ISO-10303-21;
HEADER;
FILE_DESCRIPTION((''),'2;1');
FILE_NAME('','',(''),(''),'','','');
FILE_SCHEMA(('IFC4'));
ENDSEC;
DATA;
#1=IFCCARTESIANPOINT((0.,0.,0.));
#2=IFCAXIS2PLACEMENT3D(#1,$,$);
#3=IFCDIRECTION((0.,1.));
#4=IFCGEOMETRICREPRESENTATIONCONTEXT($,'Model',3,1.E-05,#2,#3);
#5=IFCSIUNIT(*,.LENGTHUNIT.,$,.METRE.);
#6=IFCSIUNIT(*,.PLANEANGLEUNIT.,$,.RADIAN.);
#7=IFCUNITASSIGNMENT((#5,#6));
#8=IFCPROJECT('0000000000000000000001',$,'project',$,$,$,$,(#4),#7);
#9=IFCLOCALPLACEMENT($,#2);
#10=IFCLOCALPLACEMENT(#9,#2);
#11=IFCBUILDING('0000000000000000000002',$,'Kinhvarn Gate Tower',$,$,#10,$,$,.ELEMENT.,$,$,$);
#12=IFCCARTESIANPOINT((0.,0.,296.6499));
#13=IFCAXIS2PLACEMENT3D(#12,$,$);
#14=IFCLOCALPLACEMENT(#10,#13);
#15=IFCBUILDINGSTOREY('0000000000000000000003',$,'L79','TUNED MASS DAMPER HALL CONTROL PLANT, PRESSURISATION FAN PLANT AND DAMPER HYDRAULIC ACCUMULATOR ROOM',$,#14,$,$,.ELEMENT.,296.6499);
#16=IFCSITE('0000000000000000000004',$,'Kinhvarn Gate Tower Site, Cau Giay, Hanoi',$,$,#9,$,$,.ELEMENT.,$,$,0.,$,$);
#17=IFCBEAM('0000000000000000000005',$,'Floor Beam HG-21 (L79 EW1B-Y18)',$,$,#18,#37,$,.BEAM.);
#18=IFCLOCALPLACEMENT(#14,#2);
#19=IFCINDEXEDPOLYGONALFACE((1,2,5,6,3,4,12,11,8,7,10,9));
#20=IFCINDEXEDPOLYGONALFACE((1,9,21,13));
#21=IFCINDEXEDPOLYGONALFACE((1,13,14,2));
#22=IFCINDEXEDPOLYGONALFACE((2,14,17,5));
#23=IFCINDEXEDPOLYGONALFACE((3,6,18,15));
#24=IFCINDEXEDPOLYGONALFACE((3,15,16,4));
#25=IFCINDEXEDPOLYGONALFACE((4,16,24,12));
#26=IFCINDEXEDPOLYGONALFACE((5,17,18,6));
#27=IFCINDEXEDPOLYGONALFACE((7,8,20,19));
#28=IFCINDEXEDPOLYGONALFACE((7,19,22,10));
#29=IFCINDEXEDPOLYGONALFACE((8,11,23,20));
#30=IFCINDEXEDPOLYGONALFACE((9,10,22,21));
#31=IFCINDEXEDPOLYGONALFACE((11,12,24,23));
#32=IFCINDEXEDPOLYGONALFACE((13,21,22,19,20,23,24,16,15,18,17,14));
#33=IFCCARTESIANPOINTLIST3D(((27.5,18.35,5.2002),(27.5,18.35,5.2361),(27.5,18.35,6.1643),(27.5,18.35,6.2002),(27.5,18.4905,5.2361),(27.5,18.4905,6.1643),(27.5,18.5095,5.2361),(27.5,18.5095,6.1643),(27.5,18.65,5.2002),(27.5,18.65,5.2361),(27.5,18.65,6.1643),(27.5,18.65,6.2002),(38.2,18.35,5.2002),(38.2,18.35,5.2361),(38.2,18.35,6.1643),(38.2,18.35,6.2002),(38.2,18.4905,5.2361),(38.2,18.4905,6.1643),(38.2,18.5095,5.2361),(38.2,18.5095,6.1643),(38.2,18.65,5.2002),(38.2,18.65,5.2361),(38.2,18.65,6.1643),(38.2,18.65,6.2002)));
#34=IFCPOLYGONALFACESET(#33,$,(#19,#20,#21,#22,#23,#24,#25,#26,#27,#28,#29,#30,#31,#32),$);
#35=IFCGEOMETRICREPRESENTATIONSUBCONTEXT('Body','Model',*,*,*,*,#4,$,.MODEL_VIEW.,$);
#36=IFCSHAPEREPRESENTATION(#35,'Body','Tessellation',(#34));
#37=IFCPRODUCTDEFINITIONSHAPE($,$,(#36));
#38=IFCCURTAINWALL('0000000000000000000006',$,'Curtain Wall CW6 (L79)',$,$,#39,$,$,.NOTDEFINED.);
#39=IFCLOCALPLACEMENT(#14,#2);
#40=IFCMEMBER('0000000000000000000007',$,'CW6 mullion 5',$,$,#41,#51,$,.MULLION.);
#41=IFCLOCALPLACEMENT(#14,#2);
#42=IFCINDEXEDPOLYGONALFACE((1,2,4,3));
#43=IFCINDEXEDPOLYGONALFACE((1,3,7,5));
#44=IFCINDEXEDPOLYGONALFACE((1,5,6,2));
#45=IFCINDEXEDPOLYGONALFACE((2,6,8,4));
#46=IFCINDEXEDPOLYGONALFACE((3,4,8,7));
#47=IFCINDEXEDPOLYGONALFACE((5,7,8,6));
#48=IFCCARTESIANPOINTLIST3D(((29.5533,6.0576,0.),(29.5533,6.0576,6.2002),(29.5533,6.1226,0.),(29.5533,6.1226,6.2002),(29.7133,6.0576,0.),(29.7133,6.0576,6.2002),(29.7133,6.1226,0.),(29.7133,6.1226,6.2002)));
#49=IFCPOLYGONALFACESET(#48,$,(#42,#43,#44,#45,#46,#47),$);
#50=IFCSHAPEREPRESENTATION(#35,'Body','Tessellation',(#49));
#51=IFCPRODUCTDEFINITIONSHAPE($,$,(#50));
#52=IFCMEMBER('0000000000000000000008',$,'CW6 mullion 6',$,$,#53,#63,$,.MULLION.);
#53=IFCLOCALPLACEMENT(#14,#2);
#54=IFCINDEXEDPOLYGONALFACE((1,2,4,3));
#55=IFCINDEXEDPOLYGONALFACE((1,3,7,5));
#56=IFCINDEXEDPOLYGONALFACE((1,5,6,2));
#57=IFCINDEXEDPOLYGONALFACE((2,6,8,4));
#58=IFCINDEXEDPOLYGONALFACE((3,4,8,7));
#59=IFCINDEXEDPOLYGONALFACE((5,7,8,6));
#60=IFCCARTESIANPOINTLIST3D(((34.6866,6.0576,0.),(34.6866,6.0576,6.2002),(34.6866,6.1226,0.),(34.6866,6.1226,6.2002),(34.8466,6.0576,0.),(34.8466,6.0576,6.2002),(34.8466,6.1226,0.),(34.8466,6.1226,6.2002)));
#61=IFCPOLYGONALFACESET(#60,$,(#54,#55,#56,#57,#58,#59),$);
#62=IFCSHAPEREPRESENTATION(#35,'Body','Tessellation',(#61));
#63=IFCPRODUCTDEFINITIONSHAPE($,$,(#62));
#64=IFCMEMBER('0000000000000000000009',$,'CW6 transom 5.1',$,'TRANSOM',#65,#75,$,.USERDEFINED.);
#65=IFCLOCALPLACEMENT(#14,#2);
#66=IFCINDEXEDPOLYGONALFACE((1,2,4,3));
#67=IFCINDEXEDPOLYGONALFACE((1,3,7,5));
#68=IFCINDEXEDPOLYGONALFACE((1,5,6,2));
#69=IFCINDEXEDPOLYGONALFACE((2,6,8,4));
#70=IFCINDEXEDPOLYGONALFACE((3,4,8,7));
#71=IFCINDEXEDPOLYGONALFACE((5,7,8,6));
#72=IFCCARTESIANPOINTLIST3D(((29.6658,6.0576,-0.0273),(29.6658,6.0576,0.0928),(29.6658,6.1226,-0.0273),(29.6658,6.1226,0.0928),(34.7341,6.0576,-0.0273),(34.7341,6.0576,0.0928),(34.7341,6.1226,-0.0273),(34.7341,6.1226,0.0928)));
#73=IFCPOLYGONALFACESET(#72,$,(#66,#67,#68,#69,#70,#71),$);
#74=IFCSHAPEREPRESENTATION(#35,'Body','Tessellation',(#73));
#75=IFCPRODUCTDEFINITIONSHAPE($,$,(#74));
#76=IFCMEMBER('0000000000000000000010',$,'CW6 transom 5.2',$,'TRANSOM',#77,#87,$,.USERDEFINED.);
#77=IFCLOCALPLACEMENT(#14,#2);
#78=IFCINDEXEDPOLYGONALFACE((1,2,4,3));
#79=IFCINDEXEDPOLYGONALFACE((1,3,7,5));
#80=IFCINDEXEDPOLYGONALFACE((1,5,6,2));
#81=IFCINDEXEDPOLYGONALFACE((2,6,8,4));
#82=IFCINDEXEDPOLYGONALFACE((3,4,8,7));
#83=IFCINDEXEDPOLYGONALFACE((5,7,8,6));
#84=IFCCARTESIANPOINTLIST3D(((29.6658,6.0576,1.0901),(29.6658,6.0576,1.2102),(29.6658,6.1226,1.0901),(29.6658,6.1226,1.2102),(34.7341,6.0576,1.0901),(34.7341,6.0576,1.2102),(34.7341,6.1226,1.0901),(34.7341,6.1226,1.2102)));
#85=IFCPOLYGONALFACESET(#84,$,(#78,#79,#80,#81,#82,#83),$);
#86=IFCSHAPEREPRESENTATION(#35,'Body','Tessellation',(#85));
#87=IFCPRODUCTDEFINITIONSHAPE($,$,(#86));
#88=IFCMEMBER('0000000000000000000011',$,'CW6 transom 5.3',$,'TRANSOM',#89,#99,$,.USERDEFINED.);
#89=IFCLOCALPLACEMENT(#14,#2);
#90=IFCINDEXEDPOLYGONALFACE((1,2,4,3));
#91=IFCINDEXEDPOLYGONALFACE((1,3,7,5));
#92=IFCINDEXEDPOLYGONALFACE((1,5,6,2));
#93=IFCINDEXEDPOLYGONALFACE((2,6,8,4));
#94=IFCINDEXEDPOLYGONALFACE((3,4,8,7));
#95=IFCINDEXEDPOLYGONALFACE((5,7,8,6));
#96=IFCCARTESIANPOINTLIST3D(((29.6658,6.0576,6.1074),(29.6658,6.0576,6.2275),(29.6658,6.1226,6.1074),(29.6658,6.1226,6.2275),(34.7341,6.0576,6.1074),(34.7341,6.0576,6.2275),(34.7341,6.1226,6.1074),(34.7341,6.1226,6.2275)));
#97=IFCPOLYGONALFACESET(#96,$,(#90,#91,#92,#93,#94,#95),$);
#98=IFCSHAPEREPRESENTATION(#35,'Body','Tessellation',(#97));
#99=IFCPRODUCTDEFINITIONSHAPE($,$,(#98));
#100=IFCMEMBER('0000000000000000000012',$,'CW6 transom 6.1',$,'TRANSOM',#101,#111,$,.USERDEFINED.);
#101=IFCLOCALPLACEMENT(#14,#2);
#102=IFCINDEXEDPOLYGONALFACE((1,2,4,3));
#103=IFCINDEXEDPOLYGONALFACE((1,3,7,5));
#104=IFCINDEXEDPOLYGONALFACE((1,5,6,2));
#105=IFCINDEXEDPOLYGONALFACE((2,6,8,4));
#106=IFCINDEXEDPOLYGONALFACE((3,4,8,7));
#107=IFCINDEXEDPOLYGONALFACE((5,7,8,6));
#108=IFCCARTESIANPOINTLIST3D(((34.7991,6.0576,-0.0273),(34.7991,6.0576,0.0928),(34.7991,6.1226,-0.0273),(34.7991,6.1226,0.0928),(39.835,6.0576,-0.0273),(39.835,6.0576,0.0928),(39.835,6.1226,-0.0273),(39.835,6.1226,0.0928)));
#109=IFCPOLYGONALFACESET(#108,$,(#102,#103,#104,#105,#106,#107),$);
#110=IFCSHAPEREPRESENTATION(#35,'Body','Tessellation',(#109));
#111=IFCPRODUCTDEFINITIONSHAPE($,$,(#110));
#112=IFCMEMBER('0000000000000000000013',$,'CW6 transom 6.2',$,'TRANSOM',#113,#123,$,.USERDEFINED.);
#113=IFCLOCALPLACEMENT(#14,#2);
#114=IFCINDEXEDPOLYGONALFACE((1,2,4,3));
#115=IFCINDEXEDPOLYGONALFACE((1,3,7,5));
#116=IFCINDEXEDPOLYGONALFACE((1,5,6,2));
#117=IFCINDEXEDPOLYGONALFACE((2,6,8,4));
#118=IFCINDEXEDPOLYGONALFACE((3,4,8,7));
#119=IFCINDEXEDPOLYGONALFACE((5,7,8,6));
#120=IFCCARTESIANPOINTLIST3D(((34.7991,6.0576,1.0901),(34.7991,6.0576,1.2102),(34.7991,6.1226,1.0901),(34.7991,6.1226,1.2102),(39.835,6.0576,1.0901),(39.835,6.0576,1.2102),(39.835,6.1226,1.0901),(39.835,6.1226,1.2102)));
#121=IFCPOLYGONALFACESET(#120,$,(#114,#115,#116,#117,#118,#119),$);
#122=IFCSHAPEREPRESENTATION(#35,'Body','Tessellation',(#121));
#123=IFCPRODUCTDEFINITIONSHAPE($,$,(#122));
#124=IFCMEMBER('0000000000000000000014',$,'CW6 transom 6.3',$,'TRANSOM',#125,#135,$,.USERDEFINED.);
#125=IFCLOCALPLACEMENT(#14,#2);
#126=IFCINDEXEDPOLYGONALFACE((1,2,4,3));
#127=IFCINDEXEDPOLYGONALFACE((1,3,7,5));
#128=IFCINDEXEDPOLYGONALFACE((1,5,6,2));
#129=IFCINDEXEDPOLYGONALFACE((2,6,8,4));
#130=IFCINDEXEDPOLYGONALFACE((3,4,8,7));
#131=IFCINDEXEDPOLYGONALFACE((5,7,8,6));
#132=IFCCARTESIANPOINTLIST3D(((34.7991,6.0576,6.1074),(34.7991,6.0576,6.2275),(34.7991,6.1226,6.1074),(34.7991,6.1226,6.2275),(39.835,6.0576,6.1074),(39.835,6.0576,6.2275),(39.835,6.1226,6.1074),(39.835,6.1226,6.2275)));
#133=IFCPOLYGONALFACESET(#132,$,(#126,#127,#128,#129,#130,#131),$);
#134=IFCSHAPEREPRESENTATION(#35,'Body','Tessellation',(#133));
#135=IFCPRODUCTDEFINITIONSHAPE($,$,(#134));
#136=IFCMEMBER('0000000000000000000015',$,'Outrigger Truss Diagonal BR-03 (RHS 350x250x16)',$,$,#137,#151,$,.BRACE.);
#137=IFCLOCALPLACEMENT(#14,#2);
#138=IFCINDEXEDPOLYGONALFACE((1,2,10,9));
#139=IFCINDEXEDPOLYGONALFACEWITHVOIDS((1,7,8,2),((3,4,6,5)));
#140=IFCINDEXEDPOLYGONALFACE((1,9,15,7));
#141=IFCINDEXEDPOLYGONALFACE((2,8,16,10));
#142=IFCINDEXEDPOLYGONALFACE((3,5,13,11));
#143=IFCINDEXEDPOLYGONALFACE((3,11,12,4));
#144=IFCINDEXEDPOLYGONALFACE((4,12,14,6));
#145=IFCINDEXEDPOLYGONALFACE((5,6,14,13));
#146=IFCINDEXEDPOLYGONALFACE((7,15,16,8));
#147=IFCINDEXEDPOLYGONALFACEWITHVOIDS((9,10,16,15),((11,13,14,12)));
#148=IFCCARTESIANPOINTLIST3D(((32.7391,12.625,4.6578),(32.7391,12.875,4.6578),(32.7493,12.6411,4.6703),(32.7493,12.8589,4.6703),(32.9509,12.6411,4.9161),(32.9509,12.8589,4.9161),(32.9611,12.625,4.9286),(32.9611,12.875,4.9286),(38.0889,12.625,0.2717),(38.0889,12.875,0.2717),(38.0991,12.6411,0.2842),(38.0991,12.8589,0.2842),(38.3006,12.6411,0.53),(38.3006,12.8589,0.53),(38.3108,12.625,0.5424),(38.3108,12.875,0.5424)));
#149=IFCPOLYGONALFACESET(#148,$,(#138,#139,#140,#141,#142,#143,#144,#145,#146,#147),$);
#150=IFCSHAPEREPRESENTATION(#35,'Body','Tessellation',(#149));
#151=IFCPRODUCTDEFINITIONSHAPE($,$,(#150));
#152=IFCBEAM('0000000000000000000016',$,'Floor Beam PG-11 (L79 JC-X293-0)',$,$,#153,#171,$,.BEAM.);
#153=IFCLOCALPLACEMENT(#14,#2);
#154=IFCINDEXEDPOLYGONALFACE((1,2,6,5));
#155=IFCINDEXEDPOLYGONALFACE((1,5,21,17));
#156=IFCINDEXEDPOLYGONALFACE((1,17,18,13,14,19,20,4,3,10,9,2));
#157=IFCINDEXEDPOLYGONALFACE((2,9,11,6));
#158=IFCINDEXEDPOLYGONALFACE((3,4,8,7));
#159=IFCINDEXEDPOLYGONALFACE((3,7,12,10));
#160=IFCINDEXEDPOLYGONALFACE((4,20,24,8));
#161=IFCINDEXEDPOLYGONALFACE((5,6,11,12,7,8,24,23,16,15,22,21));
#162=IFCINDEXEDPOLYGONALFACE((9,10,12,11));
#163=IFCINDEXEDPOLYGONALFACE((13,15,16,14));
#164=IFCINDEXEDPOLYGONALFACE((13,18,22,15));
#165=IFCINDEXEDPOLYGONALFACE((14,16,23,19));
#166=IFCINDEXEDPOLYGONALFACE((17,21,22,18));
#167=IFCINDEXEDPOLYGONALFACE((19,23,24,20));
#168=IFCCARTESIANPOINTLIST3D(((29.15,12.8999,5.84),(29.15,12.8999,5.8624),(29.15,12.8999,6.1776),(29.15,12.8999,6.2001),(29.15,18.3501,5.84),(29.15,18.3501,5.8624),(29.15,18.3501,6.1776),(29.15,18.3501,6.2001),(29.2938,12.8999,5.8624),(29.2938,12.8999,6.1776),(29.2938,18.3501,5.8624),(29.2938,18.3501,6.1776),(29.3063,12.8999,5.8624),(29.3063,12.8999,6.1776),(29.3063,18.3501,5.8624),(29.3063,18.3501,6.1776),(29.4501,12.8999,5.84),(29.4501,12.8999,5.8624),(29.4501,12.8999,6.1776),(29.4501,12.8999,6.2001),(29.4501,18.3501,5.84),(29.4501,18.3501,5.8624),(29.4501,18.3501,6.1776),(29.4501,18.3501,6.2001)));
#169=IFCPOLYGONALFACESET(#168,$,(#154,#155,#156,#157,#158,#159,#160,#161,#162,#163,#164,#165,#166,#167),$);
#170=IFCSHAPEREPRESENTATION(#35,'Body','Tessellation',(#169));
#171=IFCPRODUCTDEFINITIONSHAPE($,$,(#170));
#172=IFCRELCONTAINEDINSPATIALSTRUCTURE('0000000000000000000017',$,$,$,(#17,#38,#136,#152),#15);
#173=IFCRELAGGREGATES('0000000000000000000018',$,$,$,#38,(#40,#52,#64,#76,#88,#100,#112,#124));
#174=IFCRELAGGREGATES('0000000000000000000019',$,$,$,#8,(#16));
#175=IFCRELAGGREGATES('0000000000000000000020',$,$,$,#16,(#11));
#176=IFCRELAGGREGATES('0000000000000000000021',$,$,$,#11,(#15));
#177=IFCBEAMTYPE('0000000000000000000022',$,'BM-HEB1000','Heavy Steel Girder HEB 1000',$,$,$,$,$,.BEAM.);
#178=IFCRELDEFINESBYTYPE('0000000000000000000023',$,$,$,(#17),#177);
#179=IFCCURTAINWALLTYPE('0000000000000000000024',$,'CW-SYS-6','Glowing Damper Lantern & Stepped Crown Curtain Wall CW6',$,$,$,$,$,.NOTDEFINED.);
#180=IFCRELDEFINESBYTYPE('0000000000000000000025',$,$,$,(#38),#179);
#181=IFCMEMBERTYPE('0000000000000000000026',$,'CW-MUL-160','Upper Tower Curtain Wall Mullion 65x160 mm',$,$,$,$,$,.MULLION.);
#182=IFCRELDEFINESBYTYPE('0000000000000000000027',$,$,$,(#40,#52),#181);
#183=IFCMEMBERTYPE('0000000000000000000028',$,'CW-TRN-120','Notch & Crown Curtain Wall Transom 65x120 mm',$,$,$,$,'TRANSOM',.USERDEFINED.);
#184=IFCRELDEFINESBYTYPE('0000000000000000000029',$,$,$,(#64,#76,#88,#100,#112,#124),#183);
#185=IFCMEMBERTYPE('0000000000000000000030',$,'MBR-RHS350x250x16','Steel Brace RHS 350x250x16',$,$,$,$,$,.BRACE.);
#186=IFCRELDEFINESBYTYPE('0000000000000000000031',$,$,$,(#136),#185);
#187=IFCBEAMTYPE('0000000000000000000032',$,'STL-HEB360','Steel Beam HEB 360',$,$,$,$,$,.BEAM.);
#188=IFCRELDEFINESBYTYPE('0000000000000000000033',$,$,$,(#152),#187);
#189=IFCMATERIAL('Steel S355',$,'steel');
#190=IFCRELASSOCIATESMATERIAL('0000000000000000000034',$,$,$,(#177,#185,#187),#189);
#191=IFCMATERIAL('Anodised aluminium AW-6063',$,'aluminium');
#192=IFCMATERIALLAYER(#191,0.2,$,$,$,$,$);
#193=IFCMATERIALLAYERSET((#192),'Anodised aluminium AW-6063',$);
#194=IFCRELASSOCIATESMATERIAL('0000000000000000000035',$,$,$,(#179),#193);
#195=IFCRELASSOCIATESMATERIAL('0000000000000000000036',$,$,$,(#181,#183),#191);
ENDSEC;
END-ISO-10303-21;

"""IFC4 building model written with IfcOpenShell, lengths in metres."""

from ifc_helpers import new_model, si_unit, direction, frame, origin, origin_2d, place, context, subcontext, project, spatial, rectangle, hollow_rectangle, i_section, extrude, material, layer, layer_set, material_profile, profile_set, type_object, element, aggregate, save


model = new_model("IFC4")

# Units and contexts
model_context = context("Model", 3, precision=1e-05, world=origin(), true_north=direction((0.0, 1.0)))
body_context = subcontext(model_context, "Body", "Model", "MODEL_VIEW")
ifc_project = project(units=[si_unit("LENGTHUNIT", "METRE"), si_unit("PLANEANGLEUNIT", "RADIAN")], contexts=[model_context])

# Site, building, storey
site_placement = place(None, origin())
site = spatial("IfcSite", under=ifc_project, at=site_placement, Name="Kinhvarn Gate Tower Site, Cau Giay, Hanoi", CompositionType="ELEMENT", RefElevation=0.0)
building_placement = place(site_placement, origin())
building = spatial("IfcBuilding", under=site, at=building_placement, Name="Kinhvarn Gate Tower", CompositionType="ELEMENT")
storey_placement = place(building_placement, frame((0.0, 0.0, 296.6499)))
storey = spatial("IfcBuildingStorey", under=building, at=storey_placement, Name="L79", Description="TUNED MASS DAMPER HALL CONTROL PLANT, PRESSURISATION FAN PLANT AND DAMPER HYDRAULIC ACCUMULATOR ROOM", CompositionType="ELEMENT", Elevation=296.6499)

# Beam
ifc_material_1 = material(Name="Steel S355", Category="steel")
ifc_material_profile_1 = material_profile(ifc_material_1, i_section(OverallWidth=0.3, OverallDepth=1.0, WebThickness=0.019, FlangeThickness=0.0359, at=origin_2d()), Name="HEB 1000")
ifc_profile_set_1 = profile_set([ifc_material_profile_1], Name="Steel S355")
beam_type_1 = type_object("IfcBeamType", Name="BM-HEB1000", Description="Heavy Steel Girder HEB 1000", PredefinedType="BEAM", material=ifc_profile_set_1)
beam_1_placement = place(storey_placement, frame((27.5, 18.5, 5.7002), z_axis=(1.0, 0.0, 0.0), x_axis=(0.0, 1.0, 0.0)))
element("IfcBeam", 1, at=beam_1_placement, inside=storey, type_object=beam_type_1, Name="Floor Beam HG-21 (L79 EW1B-Y18)", PredefinedType="BEAM", context=body_context, shape_type="SweptSolid", body=[
    extrude(i_section(OverallWidth=0.3, OverallDepth=1.0, WebThickness=0.019, FlangeThickness=0.0359, at=origin_2d()), origin(), (0.0, 0.0, 1.0), 10.7),
])

# Curtain wall, members
ifc_material_2 = material(Name="Anodised aluminium AW-6063", Category="aluminium")
ifc_layer_1 = layer(ifc_material_2, 0.2)
ifc_layer_set_1 = layer_set([ifc_layer_1], Name="Anodised aluminium AW-6063")
curtain_wall_type = type_object("IfcCurtainWallType", Name="CW-SYS-6", Description="Glowing Damper Lantern & Stepped Crown Curtain Wall CW6", PredefinedType="NOTDEFINED", material=ifc_layer_set_1)
curtain_wall_placement = place(storey_placement, origin())
curtain_wall = element("IfcCurtainWall", 2, at=curtain_wall_placement, inside=storey, type_object=curtain_wall_type, Name="Curtain Wall CW6 (L79)", PredefinedType="NOTDEFINED")
ifc_material_profile_2 = material_profile(ifc_material_2, rectangle(XDim=0.0649, YDim=0.1599, at=origin_2d()), Name="ALU 65x160")
ifc_profile_set_2 = profile_set([ifc_material_profile_2], Name="Anodised aluminium AW-6063")
member_type_1 = type_object("IfcMemberType", Name="CW-MUL-160", Description="Upper Tower Curtain Wall Mullion 65x160 mm", PredefinedType="MULLION", material=ifc_profile_set_2)
member_1_placement = place(storey_placement, frame((29.6333, 6.0901, 0.0), z_axis=(0.0, 0.0, 1.0), x_axis=(0.0, 1.0, 0.0)))
member_1 = element("IfcMember", 3, at=member_1_placement, type_object=member_type_1, Name="CW6 mullion 5", PredefinedType="MULLION", context=body_context, shape_type="SweptSolid", body=[
    extrude(rectangle(XDim=0.0649, YDim=0.1599, at=origin_2d()), origin(), (0.0, 0.0, 1.0), 6.2002),
])
member_2_placement = place(storey_placement, frame((34.7666, 6.0901, 0.0), z_axis=(0.0, 0.0, 1.0), x_axis=(0.0, 1.0, 0.0)))
member_2 = element("IfcMember", 4, at=member_2_placement, type_object=member_type_1, Name="CW6 mullion 6", PredefinedType="MULLION", context=body_context, shape_type="SweptSolid", body=[
    extrude(rectangle(XDim=0.0649, YDim=0.1599, at=origin_2d()), origin(), (0.0, 0.0, 1.0), 6.2002),
])
ifc_material_profile_3 = material_profile(ifc_material_2, rectangle(XDim=0.0649, YDim=0.1201, at=origin_2d()), Name="ALU 65x120")
ifc_profile_set_3 = profile_set([ifc_material_profile_3], Name="Anodised aluminium AW-6063")
member_type_2 = type_object("IfcMemberType", Name="CW-TRN-120", Description="Notch & Crown Curtain Wall Transom 65x120 mm", ElementType="TRANSOM", PredefinedType="USERDEFINED", material=ifc_profile_set_3)
member_3_placement = place(storey_placement, frame((29.6658, 6.0901, 0.0327), z_axis=(1.0, 0.0, 0.0), x_axis=(0.0, 1.0, 0.0)))
member_3 = element("IfcMember", 5, at=member_3_placement, type_object=member_type_2, Name="CW6 transom 5.1", ObjectType="TRANSOM", PredefinedType="USERDEFINED", context=body_context, shape_type="SweptSolid", body=[
    extrude(rectangle(XDim=0.0649, YDim=0.1201, at=origin_2d()), origin(), (0.0, 0.0, 1.0), 5.0684),
])
member_4_placement = place(storey_placement, frame((29.6658, 6.0901, 1.1501), z_axis=(1.0, 0.0, 0.0), x_axis=(0.0, 1.0, 0.0)))
member_4 = element("IfcMember", 6, at=member_4_placement, type_object=member_type_2, Name="CW6 transom 5.2", ObjectType="TRANSOM", PredefinedType="USERDEFINED", context=body_context, shape_type="SweptSolid", body=[
    extrude(rectangle(XDim=0.0649, YDim=0.1201, at=origin_2d()), origin(), (0.0, 0.0, 1.0), 5.0684),
])
member_5_placement = place(storey_placement, frame((29.6658, 6.0901, 6.1675), z_axis=(1.0, 0.0, 0.0), x_axis=(0.0, 1.0, 0.0)))
member_5 = element("IfcMember", 7, at=member_5_placement, type_object=member_type_2, Name="CW6 transom 5.3", ObjectType="TRANSOM", PredefinedType="USERDEFINED", context=body_context, shape_type="SweptSolid", body=[
    extrude(rectangle(XDim=0.0649, YDim=0.1201, at=origin_2d()), origin(), (0.0, 0.0, 1.0), 5.0684),
])
member_6_placement = place(storey_placement, frame((34.7991, 6.0901, 0.0327), z_axis=(1.0, 0.0, 0.0), x_axis=(0.0, 1.0, 0.0)))
member_6 = element("IfcMember", 8, at=member_6_placement, type_object=member_type_2, Name="CW6 transom 6.1", ObjectType="TRANSOM", PredefinedType="USERDEFINED", context=body_context, shape_type="SweptSolid", body=[
    extrude(rectangle(XDim=0.0649, YDim=0.1201, at=origin_2d()), origin(), (0.0, 0.0, 1.0), 5.0359),
])
member_7_placement = place(storey_placement, frame((34.7991, 6.0901, 1.1501), z_axis=(1.0, 0.0, 0.0), x_axis=(0.0, 1.0, 0.0)))
member_7 = element("IfcMember", 9, at=member_7_placement, type_object=member_type_2, Name="CW6 transom 6.2", ObjectType="TRANSOM", PredefinedType="USERDEFINED", context=body_context, shape_type="SweptSolid", body=[
    extrude(rectangle(XDim=0.0649, YDim=0.1201, at=origin_2d()), origin(), (0.0, 0.0, 1.0), 5.0359),
])
member_8_placement = place(storey_placement, frame((34.7991, 6.0901, 6.1675), z_axis=(1.0, 0.0, 0.0), x_axis=(0.0, 1.0, 0.0)))
member_8 = element("IfcMember", 10, at=member_8_placement, type_object=member_type_2, Name="CW6 transom 6.3", ObjectType="TRANSOM", PredefinedType="USERDEFINED", context=body_context, shape_type="SweptSolid", body=[
    extrude(rectangle(XDim=0.0649, YDim=0.1201, at=origin_2d()), origin(), (0.0, 0.0, 1.0), 5.0359),
])

# Member
ifc_material_profile_4 = material_profile(ifc_material_1, hollow_rectangle(XDim=0.25, YDim=0.3501, WallThickness=0.0161, at=origin_2d()), Name="RHS 350x250x16")
ifc_profile_set_4 = profile_set([ifc_material_profile_4], Name="Steel S355")
member_type_3 = type_object("IfcMemberType", Name="MBR-RHS350x250x16", Description="Steel Brace RHS 350x250x16", PredefinedType="BRACE", material=ifc_profile_set_4)
member_9_placement = place(storey_placement, frame((32.8501, 12.75, 4.7932), z_axis=(0.773314, 0.0, -0.634023), x_axis=(0.0, 1.0, 0.0)))
element("IfcMember", 11, at=member_9_placement, inside=storey, type_object=member_type_3, Name="Outrigger Truss Diagonal BR-03 (RHS 350x250x16)", PredefinedType="BRACE", context=body_context, shape_type="SweptSolid", body=[
    extrude(hollow_rectangle(XDim=0.25, YDim=0.3501, WallThickness=0.0161, at=origin_2d()), origin(), (0.0, 0.0, 1.0), 6.918),
])

# Beam
ifc_material_profile_5 = material_profile(ifc_material_1, i_section(OverallWidth=0.3, OverallDepth=0.3601, WebThickness=0.0125, FlangeThickness=0.0225, at=origin_2d()), Name="HEB 360")
ifc_profile_set_5 = profile_set([ifc_material_profile_5], Name="Steel S355")
beam_type_2 = type_object("IfcBeamType", Name="STL-HEB360", Description="Steel Beam HEB 360", PredefinedType="BEAM", material=ifc_profile_set_5)
beam_2_placement = place(storey_placement, frame((29.3, 12.8999, 6.02), z_axis=(0.0, 1.0, 0.0), x_axis=(-1.0, 0.0, 0.0)))
element("IfcBeam", 12, at=beam_2_placement, inside=storey, type_object=beam_type_2, Name="Floor Beam PG-11 (L79 JC-X293-0)", PredefinedType="BEAM", context=body_context, shape_type="SweptSolid", body=[
    extrude(i_section(OverallWidth=0.3, OverallDepth=0.3601, WebThickness=0.0125, FlangeThickness=0.0225, at=origin_2d()), origin(), (0.0, 0.0, 1.0), 5.4502),
])

aggregate(curtain_wall, [member_1, member_2, member_3, member_4, member_5, member_6, member_7, member_8])

save(model, "model.ifc")
